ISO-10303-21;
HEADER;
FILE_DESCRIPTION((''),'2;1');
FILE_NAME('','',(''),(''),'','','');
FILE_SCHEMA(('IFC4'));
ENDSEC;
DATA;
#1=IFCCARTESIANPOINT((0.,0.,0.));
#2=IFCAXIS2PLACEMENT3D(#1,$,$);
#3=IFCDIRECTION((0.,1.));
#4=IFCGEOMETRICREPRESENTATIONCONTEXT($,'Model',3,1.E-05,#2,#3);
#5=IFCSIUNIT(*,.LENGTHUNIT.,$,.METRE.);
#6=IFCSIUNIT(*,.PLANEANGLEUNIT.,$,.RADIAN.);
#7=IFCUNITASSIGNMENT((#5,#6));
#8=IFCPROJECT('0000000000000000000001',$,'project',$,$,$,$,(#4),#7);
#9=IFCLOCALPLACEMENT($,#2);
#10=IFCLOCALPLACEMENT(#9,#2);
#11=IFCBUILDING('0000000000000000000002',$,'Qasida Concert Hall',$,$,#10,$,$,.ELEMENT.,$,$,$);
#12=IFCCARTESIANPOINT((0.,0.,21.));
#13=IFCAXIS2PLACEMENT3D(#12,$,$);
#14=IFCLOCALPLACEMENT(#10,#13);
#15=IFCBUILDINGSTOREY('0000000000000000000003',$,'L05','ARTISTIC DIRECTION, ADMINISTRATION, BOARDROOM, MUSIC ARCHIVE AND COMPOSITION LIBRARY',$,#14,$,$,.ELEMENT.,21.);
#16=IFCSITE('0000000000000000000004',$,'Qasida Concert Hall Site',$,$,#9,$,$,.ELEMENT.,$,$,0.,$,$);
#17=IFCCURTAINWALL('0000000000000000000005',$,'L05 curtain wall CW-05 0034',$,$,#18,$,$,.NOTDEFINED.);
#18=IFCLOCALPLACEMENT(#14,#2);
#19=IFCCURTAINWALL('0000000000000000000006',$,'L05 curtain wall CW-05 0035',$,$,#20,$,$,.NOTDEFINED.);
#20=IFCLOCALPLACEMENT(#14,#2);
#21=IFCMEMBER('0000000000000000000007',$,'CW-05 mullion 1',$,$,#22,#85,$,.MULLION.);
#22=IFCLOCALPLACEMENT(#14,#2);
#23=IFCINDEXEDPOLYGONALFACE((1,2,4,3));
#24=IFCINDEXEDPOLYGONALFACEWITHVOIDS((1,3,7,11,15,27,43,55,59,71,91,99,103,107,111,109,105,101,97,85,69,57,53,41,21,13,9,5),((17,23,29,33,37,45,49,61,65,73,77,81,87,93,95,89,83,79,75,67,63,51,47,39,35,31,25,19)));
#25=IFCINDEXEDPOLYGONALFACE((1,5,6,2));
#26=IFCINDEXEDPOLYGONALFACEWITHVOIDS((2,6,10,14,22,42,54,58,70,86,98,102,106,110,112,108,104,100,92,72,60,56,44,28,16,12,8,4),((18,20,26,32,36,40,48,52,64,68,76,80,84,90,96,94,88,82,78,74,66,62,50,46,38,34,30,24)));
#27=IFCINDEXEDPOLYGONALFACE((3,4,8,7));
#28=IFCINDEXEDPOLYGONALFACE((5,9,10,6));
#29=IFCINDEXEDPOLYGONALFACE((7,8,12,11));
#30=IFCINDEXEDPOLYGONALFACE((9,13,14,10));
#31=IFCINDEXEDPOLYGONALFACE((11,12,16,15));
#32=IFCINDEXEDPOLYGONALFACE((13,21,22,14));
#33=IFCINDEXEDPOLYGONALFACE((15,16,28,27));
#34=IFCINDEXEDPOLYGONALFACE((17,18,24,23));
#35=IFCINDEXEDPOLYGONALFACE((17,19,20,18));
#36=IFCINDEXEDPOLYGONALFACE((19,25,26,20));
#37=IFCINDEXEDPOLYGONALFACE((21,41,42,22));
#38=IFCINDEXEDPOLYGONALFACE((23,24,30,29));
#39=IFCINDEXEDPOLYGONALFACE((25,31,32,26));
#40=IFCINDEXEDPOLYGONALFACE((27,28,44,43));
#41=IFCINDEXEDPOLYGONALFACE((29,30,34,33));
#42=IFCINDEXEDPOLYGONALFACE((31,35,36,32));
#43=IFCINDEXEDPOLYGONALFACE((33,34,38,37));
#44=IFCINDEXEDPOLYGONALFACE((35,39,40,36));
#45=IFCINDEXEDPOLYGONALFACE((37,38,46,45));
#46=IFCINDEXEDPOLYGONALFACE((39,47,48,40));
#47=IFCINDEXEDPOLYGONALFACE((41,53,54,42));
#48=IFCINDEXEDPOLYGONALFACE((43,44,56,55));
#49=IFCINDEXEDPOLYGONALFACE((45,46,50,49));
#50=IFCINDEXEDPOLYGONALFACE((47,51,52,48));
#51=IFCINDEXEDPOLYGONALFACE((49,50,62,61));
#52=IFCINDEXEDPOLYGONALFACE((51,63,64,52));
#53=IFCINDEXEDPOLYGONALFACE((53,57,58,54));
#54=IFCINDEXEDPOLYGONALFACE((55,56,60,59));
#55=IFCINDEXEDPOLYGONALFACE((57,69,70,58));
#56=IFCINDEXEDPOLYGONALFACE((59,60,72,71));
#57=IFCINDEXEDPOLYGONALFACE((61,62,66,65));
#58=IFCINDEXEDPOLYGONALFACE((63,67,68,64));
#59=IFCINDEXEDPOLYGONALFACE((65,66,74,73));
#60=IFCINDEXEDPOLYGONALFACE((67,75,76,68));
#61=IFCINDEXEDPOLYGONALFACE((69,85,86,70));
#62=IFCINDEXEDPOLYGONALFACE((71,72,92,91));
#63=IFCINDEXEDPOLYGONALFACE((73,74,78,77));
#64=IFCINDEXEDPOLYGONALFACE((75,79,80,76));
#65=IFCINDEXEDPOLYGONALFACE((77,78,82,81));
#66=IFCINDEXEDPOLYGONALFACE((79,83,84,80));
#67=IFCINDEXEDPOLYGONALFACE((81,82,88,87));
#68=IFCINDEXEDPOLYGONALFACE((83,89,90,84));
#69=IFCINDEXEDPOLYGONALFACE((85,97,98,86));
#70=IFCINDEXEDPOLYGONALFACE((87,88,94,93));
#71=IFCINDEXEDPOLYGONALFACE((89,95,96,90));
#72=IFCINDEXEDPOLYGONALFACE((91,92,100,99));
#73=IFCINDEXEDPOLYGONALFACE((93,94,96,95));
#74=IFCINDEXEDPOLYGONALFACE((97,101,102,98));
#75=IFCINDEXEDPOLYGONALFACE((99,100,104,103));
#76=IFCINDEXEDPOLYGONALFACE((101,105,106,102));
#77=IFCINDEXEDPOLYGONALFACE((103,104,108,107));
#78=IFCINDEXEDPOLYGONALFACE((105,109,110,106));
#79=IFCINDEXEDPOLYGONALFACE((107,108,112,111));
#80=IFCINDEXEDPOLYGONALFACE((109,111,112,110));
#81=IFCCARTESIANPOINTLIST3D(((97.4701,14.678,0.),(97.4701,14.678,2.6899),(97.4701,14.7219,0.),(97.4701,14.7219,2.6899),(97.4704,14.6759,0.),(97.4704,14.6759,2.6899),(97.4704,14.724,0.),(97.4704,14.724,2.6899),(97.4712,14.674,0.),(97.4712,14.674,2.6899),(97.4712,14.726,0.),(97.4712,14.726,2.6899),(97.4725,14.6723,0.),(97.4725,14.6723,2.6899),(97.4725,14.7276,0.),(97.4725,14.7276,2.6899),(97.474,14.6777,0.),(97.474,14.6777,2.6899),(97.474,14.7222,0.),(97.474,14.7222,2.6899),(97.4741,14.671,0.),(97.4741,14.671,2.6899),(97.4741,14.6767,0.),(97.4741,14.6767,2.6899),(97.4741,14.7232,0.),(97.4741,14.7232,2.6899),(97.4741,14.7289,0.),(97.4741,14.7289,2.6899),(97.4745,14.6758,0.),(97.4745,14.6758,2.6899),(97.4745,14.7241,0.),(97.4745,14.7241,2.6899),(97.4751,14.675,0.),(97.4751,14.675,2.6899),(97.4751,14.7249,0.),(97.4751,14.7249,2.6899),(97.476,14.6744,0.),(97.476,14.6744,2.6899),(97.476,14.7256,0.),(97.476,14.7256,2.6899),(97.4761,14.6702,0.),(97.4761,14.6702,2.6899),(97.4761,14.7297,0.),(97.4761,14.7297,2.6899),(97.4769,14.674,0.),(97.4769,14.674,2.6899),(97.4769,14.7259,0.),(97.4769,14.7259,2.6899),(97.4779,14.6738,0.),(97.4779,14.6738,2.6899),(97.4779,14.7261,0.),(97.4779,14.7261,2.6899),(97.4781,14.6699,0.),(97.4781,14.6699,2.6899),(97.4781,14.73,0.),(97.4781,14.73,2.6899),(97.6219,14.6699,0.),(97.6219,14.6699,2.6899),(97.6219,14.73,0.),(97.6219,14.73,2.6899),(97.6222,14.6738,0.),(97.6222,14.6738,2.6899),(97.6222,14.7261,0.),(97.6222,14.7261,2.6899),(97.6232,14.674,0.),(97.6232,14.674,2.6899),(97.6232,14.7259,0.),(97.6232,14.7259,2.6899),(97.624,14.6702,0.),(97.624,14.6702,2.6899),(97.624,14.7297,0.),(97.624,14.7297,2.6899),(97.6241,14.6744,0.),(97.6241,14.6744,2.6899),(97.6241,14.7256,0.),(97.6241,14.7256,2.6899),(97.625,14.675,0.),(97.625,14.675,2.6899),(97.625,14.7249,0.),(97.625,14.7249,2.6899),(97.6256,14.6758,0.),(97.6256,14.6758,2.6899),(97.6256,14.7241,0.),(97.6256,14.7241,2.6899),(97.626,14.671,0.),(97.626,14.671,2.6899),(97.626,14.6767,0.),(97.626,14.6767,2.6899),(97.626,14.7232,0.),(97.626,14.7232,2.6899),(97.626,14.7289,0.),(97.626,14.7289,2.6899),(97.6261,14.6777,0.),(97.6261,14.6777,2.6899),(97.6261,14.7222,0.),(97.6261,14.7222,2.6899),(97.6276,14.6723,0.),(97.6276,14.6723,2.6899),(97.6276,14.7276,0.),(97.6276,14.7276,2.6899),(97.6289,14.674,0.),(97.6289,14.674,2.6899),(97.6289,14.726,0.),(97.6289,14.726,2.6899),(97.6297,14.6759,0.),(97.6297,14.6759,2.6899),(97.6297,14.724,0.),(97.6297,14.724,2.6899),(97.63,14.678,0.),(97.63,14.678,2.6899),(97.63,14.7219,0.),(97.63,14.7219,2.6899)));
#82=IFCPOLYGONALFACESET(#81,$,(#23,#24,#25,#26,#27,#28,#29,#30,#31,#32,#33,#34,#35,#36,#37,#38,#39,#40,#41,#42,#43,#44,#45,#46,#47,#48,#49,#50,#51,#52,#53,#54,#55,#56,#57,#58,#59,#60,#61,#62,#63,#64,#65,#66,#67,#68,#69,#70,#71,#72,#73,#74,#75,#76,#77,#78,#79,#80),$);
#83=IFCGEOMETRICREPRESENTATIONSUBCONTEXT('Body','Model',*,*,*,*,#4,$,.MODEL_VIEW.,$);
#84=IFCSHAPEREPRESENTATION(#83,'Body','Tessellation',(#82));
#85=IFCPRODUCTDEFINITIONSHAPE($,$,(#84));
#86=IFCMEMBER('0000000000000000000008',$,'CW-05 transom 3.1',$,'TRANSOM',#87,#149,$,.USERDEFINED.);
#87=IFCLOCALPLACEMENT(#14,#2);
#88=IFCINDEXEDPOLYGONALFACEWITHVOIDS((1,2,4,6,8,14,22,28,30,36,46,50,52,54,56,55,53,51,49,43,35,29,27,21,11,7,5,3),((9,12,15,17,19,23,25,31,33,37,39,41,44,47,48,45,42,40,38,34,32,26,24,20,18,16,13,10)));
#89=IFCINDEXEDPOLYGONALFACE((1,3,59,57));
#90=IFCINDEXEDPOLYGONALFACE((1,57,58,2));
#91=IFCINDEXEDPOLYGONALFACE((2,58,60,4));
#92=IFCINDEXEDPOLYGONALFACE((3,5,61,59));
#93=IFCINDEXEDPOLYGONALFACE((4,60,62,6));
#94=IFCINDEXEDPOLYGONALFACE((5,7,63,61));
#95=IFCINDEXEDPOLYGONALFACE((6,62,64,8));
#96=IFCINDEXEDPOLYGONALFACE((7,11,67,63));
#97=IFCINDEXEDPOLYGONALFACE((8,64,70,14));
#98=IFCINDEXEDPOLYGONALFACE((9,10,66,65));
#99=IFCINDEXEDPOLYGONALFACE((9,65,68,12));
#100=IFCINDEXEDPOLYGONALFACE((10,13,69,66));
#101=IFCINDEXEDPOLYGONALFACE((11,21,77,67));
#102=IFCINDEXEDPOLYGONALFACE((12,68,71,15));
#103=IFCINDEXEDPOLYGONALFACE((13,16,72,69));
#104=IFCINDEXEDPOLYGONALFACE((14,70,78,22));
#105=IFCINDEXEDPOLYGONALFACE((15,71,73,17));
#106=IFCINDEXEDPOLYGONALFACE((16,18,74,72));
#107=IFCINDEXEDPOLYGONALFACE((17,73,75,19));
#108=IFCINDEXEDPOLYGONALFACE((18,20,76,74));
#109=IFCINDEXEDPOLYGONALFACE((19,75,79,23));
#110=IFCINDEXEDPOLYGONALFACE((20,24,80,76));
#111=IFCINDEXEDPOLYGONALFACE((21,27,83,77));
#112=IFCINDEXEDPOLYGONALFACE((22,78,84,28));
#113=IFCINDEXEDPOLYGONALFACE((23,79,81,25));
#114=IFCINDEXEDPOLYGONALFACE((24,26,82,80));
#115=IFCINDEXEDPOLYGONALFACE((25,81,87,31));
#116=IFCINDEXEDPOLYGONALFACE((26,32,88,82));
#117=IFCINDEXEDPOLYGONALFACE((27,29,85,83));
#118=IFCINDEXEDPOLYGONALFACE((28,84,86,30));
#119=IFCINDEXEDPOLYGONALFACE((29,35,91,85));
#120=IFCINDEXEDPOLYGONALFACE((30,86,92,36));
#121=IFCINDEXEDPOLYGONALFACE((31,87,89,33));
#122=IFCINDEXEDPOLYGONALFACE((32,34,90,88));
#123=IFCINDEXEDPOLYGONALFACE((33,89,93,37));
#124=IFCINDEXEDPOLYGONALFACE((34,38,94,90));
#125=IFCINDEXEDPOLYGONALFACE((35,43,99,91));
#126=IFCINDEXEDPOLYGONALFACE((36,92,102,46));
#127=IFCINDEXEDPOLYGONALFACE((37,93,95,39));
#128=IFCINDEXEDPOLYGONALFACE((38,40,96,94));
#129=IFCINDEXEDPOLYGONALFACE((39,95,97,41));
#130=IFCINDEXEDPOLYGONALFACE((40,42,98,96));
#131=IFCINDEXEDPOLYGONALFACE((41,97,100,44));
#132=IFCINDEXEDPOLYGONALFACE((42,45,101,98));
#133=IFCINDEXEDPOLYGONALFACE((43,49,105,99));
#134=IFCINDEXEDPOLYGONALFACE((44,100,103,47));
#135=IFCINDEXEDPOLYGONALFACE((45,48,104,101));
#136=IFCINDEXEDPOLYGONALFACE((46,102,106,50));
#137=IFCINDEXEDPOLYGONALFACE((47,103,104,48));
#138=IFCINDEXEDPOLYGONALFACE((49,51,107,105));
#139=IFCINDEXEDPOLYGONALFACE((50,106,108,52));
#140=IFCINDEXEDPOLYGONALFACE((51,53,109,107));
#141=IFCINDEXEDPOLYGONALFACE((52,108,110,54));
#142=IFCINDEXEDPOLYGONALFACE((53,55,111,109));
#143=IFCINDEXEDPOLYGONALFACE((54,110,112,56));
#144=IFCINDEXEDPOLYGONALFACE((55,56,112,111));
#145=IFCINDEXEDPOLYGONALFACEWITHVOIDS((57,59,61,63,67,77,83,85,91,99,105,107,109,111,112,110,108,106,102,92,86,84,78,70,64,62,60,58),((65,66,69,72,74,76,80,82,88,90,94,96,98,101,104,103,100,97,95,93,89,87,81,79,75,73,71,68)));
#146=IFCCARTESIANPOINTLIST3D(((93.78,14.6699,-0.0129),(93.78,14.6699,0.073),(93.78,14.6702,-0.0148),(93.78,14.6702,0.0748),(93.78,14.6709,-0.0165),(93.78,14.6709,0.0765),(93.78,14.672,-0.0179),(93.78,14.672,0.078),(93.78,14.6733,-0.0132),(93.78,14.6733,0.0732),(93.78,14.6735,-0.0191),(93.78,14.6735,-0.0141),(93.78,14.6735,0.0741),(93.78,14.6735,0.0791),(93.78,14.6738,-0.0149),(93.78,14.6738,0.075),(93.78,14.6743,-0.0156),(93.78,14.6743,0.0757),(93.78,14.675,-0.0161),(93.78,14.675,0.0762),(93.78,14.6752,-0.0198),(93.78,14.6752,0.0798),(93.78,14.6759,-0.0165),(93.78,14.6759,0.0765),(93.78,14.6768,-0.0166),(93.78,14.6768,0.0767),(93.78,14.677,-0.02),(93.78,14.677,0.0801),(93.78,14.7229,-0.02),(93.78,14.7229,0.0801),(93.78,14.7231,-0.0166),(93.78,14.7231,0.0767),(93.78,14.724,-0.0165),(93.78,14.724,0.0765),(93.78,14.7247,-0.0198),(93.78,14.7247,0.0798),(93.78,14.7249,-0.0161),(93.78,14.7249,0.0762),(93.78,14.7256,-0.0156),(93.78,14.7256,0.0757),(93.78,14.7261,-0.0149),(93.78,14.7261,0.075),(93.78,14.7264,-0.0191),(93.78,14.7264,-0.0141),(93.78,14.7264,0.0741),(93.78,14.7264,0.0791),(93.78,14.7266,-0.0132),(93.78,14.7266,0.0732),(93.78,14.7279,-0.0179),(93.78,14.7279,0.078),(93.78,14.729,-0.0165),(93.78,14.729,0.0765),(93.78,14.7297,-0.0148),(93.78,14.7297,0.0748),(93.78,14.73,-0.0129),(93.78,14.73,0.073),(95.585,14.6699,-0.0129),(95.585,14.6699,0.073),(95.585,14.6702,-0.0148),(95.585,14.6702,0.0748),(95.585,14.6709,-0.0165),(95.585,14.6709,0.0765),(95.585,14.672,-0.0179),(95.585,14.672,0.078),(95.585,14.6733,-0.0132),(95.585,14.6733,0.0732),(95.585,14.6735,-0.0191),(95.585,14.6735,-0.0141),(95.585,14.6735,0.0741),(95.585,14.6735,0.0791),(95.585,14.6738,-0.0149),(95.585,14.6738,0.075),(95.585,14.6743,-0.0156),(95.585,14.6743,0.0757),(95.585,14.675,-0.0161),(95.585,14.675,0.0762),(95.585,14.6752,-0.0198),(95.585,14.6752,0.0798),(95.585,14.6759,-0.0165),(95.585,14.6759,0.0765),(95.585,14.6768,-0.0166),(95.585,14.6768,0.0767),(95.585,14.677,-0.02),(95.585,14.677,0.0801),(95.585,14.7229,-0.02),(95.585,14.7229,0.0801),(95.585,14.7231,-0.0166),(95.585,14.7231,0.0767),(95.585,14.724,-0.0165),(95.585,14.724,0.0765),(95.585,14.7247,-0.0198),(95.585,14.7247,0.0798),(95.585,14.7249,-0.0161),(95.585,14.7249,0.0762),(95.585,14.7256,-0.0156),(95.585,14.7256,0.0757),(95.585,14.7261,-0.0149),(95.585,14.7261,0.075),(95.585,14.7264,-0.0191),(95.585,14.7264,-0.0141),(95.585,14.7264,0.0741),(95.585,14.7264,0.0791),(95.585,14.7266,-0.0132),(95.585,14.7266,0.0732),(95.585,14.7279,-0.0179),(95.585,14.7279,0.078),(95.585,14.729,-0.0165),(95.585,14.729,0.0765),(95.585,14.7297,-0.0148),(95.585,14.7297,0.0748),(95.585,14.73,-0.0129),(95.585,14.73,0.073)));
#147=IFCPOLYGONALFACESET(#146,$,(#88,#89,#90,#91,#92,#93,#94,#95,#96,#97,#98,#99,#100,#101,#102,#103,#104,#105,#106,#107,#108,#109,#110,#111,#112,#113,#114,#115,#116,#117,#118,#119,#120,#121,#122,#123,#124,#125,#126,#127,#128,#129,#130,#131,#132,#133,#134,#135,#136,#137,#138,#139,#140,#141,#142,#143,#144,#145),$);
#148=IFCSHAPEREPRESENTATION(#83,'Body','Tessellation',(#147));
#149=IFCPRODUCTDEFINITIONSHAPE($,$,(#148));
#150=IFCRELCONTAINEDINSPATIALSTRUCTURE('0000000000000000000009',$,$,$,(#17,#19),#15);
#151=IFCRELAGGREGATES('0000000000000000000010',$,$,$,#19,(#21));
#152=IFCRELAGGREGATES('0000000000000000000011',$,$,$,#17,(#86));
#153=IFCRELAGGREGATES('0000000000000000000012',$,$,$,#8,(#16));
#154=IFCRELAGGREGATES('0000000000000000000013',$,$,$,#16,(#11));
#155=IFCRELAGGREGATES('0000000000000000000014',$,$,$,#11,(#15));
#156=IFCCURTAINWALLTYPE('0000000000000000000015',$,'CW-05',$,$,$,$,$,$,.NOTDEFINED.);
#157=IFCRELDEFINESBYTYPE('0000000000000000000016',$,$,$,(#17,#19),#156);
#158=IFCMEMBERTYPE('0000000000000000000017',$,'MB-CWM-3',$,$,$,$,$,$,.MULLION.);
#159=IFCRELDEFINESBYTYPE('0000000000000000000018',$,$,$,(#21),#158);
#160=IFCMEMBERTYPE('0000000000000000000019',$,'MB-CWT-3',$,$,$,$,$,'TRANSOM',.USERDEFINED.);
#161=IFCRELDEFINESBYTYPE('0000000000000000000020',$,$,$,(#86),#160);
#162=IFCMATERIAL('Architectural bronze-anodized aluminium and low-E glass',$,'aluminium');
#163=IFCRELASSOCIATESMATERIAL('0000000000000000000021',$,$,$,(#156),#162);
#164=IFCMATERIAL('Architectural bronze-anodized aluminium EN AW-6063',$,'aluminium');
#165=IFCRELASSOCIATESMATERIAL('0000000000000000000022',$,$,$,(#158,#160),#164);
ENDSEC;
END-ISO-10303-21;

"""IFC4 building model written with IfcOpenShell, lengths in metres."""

from ifc_helpers import new_model, si_unit, direction, frame, origin, origin_2d, place, context, subcontext, project, spatial, hollow_rectangle, extrude, material, material_profile, profile_set, type_object, element, aggregate, save


model = new_model("IFC4")

# Units and contexts
model_context = context("Model", 3, precision=1e-05, world=origin(), true_north=direction((0.0, 1.0)))
body_context = subcontext(model_context, "Body", "Model", "MODEL_VIEW")
ifc_project = project(units=[si_unit("LENGTHUNIT", "METRE"), si_unit("PLANEANGLEUNIT", "RADIAN")], contexts=[model_context])

# Site, building, storey
site_placement = place(None, origin())
site = spatial("IfcSite", under=ifc_project, at=site_placement, Name="Qasida Concert Hall Site", CompositionType="ELEMENT", RefElevation=0.0)
building_placement = place(site_placement, origin())
building = spatial("IfcBuilding", under=site, at=building_placement, Name="Qasida Concert Hall", CompositionType="ELEMENT")
storey_placement = place(building_placement, frame((0.0, 0.0, 21.0)))
storey = spatial("IfcBuildingStorey", under=building, at=storey_placement, Name="L05", Description="ARTISTIC DIRECTION, ADMINISTRATION, BOARDROOM, MUSIC ARCHIVE AND COMPOSITION LIBRARY", CompositionType="ELEMENT", Elevation=21.0)

# Curtain wall
ifc_material_1 = material(Name="Architectural bronze-anodized aluminium and low-E glass", Category="aluminium")
curtain_wall_type = type_object("IfcCurtainWallType", Name="CW-05", PredefinedType="NOTDEFINED", material=ifc_material_1)
curtain_wall_1_placement = place(storey_placement, origin())
curtain_wall_1 = element("IfcCurtainWall", 1, at=curtain_wall_1_placement, inside=storey, type_object=curtain_wall_type, Name="L05 curtain wall CW-05 0034", PredefinedType="NOTDEFINED")
ifc_material_2 = material(Name="Architectural bronze-anodized aluminium EN AW-6063", Category="aluminium")
ifc_material_profile_1 = material_profile(ifc_material_2, hollow_rectangle(XDim=0.0601, YDim=0.1599, WallThickness=0.0039, InnerFilletRadius=0.0039, OuterFilletRadius=0.0081, at=origin_2d()), Name="CWM 160x60x4")
ifc_profile_set_1 = profile_set([ifc_material_profile_1], Name="Architectural bronze-anodized aluminium EN AW-6063")
member_type_1 = type_object("IfcMemberType", Name="MB-CWM-3", PredefinedType="MULLION", material=ifc_profile_set_1)

# Curtain wall, member
curtain_wall_2_placement = place(storey_placement, origin())
curtain_wall_2 = element("IfcCurtainWall", 2, at=curtain_wall_2_placement, inside=storey, type_object=curtain_wall_type, Name="L05 curtain wall CW-05 0035", PredefinedType="NOTDEFINED")
member_1_placement = place(storey_placement, frame((97.55, 14.7, 0.0), z_axis=(0.0, 0.0, 1.0), x_axis=(0.0, 1.0, 0.0)))
member_1 = element("IfcMember", 3, at=member_1_placement, type_object=member_type_1, Name="CW-05 mullion 1", PredefinedType="MULLION", context=body_context, shape_type="SweptSolid", body=[
    extrude(hollow_rectangle(XDim=0.0601, YDim=0.1599, WallThickness=0.0039, InnerFilletRadius=0.0039, OuterFilletRadius=0.0081, at=origin_2d()), origin(), (0.0, 0.0, 1.0), 2.6899),
])

# Member
ifc_material_profile_2 = material_profile(ifc_material_2, hollow_rectangle(XDim=0.0601, YDim=0.1001, WallThickness=0.0034, InnerFilletRadius=0.0034, OuterFilletRadius=0.0071, at=origin_2d()), Name="CWT 100x60x3.5")
ifc_profile_set_2 = profile_set([ifc_material_profile_2], Name="Architectural bronze-anodized aluminium EN AW-6063")
member_type_2 = type_object("IfcMemberType", Name="MB-CWT-3", ElementType="TRANSOM", PredefinedType="USERDEFINED", material=ifc_profile_set_2)
member_2_placement = place(storey_placement, frame((93.78, 14.7, 0.03), z_axis=(1.0, 0.0, 0.0), x_axis=(0.0, 1.0, 0.0)))
member_2 = element("IfcMember", 4, at=member_2_placement, type_object=member_type_2, Name="CW-05 transom 3.1", ObjectType="TRANSOM", PredefinedType="USERDEFINED", context=body_context, shape_type="SweptSolid", body=[
    extrude(hollow_rectangle(XDim=0.0601, YDim=0.1001, WallThickness=0.0034, InnerFilletRadius=0.0034, OuterFilletRadius=0.0071, at=origin_2d()), origin(), (0.0, 0.0, 1.0), 1.8049),
])
aggregate(curtain_wall_2, [member_1])

aggregate(curtain_wall_1, [member_2])

save(model, "model.ifc")
